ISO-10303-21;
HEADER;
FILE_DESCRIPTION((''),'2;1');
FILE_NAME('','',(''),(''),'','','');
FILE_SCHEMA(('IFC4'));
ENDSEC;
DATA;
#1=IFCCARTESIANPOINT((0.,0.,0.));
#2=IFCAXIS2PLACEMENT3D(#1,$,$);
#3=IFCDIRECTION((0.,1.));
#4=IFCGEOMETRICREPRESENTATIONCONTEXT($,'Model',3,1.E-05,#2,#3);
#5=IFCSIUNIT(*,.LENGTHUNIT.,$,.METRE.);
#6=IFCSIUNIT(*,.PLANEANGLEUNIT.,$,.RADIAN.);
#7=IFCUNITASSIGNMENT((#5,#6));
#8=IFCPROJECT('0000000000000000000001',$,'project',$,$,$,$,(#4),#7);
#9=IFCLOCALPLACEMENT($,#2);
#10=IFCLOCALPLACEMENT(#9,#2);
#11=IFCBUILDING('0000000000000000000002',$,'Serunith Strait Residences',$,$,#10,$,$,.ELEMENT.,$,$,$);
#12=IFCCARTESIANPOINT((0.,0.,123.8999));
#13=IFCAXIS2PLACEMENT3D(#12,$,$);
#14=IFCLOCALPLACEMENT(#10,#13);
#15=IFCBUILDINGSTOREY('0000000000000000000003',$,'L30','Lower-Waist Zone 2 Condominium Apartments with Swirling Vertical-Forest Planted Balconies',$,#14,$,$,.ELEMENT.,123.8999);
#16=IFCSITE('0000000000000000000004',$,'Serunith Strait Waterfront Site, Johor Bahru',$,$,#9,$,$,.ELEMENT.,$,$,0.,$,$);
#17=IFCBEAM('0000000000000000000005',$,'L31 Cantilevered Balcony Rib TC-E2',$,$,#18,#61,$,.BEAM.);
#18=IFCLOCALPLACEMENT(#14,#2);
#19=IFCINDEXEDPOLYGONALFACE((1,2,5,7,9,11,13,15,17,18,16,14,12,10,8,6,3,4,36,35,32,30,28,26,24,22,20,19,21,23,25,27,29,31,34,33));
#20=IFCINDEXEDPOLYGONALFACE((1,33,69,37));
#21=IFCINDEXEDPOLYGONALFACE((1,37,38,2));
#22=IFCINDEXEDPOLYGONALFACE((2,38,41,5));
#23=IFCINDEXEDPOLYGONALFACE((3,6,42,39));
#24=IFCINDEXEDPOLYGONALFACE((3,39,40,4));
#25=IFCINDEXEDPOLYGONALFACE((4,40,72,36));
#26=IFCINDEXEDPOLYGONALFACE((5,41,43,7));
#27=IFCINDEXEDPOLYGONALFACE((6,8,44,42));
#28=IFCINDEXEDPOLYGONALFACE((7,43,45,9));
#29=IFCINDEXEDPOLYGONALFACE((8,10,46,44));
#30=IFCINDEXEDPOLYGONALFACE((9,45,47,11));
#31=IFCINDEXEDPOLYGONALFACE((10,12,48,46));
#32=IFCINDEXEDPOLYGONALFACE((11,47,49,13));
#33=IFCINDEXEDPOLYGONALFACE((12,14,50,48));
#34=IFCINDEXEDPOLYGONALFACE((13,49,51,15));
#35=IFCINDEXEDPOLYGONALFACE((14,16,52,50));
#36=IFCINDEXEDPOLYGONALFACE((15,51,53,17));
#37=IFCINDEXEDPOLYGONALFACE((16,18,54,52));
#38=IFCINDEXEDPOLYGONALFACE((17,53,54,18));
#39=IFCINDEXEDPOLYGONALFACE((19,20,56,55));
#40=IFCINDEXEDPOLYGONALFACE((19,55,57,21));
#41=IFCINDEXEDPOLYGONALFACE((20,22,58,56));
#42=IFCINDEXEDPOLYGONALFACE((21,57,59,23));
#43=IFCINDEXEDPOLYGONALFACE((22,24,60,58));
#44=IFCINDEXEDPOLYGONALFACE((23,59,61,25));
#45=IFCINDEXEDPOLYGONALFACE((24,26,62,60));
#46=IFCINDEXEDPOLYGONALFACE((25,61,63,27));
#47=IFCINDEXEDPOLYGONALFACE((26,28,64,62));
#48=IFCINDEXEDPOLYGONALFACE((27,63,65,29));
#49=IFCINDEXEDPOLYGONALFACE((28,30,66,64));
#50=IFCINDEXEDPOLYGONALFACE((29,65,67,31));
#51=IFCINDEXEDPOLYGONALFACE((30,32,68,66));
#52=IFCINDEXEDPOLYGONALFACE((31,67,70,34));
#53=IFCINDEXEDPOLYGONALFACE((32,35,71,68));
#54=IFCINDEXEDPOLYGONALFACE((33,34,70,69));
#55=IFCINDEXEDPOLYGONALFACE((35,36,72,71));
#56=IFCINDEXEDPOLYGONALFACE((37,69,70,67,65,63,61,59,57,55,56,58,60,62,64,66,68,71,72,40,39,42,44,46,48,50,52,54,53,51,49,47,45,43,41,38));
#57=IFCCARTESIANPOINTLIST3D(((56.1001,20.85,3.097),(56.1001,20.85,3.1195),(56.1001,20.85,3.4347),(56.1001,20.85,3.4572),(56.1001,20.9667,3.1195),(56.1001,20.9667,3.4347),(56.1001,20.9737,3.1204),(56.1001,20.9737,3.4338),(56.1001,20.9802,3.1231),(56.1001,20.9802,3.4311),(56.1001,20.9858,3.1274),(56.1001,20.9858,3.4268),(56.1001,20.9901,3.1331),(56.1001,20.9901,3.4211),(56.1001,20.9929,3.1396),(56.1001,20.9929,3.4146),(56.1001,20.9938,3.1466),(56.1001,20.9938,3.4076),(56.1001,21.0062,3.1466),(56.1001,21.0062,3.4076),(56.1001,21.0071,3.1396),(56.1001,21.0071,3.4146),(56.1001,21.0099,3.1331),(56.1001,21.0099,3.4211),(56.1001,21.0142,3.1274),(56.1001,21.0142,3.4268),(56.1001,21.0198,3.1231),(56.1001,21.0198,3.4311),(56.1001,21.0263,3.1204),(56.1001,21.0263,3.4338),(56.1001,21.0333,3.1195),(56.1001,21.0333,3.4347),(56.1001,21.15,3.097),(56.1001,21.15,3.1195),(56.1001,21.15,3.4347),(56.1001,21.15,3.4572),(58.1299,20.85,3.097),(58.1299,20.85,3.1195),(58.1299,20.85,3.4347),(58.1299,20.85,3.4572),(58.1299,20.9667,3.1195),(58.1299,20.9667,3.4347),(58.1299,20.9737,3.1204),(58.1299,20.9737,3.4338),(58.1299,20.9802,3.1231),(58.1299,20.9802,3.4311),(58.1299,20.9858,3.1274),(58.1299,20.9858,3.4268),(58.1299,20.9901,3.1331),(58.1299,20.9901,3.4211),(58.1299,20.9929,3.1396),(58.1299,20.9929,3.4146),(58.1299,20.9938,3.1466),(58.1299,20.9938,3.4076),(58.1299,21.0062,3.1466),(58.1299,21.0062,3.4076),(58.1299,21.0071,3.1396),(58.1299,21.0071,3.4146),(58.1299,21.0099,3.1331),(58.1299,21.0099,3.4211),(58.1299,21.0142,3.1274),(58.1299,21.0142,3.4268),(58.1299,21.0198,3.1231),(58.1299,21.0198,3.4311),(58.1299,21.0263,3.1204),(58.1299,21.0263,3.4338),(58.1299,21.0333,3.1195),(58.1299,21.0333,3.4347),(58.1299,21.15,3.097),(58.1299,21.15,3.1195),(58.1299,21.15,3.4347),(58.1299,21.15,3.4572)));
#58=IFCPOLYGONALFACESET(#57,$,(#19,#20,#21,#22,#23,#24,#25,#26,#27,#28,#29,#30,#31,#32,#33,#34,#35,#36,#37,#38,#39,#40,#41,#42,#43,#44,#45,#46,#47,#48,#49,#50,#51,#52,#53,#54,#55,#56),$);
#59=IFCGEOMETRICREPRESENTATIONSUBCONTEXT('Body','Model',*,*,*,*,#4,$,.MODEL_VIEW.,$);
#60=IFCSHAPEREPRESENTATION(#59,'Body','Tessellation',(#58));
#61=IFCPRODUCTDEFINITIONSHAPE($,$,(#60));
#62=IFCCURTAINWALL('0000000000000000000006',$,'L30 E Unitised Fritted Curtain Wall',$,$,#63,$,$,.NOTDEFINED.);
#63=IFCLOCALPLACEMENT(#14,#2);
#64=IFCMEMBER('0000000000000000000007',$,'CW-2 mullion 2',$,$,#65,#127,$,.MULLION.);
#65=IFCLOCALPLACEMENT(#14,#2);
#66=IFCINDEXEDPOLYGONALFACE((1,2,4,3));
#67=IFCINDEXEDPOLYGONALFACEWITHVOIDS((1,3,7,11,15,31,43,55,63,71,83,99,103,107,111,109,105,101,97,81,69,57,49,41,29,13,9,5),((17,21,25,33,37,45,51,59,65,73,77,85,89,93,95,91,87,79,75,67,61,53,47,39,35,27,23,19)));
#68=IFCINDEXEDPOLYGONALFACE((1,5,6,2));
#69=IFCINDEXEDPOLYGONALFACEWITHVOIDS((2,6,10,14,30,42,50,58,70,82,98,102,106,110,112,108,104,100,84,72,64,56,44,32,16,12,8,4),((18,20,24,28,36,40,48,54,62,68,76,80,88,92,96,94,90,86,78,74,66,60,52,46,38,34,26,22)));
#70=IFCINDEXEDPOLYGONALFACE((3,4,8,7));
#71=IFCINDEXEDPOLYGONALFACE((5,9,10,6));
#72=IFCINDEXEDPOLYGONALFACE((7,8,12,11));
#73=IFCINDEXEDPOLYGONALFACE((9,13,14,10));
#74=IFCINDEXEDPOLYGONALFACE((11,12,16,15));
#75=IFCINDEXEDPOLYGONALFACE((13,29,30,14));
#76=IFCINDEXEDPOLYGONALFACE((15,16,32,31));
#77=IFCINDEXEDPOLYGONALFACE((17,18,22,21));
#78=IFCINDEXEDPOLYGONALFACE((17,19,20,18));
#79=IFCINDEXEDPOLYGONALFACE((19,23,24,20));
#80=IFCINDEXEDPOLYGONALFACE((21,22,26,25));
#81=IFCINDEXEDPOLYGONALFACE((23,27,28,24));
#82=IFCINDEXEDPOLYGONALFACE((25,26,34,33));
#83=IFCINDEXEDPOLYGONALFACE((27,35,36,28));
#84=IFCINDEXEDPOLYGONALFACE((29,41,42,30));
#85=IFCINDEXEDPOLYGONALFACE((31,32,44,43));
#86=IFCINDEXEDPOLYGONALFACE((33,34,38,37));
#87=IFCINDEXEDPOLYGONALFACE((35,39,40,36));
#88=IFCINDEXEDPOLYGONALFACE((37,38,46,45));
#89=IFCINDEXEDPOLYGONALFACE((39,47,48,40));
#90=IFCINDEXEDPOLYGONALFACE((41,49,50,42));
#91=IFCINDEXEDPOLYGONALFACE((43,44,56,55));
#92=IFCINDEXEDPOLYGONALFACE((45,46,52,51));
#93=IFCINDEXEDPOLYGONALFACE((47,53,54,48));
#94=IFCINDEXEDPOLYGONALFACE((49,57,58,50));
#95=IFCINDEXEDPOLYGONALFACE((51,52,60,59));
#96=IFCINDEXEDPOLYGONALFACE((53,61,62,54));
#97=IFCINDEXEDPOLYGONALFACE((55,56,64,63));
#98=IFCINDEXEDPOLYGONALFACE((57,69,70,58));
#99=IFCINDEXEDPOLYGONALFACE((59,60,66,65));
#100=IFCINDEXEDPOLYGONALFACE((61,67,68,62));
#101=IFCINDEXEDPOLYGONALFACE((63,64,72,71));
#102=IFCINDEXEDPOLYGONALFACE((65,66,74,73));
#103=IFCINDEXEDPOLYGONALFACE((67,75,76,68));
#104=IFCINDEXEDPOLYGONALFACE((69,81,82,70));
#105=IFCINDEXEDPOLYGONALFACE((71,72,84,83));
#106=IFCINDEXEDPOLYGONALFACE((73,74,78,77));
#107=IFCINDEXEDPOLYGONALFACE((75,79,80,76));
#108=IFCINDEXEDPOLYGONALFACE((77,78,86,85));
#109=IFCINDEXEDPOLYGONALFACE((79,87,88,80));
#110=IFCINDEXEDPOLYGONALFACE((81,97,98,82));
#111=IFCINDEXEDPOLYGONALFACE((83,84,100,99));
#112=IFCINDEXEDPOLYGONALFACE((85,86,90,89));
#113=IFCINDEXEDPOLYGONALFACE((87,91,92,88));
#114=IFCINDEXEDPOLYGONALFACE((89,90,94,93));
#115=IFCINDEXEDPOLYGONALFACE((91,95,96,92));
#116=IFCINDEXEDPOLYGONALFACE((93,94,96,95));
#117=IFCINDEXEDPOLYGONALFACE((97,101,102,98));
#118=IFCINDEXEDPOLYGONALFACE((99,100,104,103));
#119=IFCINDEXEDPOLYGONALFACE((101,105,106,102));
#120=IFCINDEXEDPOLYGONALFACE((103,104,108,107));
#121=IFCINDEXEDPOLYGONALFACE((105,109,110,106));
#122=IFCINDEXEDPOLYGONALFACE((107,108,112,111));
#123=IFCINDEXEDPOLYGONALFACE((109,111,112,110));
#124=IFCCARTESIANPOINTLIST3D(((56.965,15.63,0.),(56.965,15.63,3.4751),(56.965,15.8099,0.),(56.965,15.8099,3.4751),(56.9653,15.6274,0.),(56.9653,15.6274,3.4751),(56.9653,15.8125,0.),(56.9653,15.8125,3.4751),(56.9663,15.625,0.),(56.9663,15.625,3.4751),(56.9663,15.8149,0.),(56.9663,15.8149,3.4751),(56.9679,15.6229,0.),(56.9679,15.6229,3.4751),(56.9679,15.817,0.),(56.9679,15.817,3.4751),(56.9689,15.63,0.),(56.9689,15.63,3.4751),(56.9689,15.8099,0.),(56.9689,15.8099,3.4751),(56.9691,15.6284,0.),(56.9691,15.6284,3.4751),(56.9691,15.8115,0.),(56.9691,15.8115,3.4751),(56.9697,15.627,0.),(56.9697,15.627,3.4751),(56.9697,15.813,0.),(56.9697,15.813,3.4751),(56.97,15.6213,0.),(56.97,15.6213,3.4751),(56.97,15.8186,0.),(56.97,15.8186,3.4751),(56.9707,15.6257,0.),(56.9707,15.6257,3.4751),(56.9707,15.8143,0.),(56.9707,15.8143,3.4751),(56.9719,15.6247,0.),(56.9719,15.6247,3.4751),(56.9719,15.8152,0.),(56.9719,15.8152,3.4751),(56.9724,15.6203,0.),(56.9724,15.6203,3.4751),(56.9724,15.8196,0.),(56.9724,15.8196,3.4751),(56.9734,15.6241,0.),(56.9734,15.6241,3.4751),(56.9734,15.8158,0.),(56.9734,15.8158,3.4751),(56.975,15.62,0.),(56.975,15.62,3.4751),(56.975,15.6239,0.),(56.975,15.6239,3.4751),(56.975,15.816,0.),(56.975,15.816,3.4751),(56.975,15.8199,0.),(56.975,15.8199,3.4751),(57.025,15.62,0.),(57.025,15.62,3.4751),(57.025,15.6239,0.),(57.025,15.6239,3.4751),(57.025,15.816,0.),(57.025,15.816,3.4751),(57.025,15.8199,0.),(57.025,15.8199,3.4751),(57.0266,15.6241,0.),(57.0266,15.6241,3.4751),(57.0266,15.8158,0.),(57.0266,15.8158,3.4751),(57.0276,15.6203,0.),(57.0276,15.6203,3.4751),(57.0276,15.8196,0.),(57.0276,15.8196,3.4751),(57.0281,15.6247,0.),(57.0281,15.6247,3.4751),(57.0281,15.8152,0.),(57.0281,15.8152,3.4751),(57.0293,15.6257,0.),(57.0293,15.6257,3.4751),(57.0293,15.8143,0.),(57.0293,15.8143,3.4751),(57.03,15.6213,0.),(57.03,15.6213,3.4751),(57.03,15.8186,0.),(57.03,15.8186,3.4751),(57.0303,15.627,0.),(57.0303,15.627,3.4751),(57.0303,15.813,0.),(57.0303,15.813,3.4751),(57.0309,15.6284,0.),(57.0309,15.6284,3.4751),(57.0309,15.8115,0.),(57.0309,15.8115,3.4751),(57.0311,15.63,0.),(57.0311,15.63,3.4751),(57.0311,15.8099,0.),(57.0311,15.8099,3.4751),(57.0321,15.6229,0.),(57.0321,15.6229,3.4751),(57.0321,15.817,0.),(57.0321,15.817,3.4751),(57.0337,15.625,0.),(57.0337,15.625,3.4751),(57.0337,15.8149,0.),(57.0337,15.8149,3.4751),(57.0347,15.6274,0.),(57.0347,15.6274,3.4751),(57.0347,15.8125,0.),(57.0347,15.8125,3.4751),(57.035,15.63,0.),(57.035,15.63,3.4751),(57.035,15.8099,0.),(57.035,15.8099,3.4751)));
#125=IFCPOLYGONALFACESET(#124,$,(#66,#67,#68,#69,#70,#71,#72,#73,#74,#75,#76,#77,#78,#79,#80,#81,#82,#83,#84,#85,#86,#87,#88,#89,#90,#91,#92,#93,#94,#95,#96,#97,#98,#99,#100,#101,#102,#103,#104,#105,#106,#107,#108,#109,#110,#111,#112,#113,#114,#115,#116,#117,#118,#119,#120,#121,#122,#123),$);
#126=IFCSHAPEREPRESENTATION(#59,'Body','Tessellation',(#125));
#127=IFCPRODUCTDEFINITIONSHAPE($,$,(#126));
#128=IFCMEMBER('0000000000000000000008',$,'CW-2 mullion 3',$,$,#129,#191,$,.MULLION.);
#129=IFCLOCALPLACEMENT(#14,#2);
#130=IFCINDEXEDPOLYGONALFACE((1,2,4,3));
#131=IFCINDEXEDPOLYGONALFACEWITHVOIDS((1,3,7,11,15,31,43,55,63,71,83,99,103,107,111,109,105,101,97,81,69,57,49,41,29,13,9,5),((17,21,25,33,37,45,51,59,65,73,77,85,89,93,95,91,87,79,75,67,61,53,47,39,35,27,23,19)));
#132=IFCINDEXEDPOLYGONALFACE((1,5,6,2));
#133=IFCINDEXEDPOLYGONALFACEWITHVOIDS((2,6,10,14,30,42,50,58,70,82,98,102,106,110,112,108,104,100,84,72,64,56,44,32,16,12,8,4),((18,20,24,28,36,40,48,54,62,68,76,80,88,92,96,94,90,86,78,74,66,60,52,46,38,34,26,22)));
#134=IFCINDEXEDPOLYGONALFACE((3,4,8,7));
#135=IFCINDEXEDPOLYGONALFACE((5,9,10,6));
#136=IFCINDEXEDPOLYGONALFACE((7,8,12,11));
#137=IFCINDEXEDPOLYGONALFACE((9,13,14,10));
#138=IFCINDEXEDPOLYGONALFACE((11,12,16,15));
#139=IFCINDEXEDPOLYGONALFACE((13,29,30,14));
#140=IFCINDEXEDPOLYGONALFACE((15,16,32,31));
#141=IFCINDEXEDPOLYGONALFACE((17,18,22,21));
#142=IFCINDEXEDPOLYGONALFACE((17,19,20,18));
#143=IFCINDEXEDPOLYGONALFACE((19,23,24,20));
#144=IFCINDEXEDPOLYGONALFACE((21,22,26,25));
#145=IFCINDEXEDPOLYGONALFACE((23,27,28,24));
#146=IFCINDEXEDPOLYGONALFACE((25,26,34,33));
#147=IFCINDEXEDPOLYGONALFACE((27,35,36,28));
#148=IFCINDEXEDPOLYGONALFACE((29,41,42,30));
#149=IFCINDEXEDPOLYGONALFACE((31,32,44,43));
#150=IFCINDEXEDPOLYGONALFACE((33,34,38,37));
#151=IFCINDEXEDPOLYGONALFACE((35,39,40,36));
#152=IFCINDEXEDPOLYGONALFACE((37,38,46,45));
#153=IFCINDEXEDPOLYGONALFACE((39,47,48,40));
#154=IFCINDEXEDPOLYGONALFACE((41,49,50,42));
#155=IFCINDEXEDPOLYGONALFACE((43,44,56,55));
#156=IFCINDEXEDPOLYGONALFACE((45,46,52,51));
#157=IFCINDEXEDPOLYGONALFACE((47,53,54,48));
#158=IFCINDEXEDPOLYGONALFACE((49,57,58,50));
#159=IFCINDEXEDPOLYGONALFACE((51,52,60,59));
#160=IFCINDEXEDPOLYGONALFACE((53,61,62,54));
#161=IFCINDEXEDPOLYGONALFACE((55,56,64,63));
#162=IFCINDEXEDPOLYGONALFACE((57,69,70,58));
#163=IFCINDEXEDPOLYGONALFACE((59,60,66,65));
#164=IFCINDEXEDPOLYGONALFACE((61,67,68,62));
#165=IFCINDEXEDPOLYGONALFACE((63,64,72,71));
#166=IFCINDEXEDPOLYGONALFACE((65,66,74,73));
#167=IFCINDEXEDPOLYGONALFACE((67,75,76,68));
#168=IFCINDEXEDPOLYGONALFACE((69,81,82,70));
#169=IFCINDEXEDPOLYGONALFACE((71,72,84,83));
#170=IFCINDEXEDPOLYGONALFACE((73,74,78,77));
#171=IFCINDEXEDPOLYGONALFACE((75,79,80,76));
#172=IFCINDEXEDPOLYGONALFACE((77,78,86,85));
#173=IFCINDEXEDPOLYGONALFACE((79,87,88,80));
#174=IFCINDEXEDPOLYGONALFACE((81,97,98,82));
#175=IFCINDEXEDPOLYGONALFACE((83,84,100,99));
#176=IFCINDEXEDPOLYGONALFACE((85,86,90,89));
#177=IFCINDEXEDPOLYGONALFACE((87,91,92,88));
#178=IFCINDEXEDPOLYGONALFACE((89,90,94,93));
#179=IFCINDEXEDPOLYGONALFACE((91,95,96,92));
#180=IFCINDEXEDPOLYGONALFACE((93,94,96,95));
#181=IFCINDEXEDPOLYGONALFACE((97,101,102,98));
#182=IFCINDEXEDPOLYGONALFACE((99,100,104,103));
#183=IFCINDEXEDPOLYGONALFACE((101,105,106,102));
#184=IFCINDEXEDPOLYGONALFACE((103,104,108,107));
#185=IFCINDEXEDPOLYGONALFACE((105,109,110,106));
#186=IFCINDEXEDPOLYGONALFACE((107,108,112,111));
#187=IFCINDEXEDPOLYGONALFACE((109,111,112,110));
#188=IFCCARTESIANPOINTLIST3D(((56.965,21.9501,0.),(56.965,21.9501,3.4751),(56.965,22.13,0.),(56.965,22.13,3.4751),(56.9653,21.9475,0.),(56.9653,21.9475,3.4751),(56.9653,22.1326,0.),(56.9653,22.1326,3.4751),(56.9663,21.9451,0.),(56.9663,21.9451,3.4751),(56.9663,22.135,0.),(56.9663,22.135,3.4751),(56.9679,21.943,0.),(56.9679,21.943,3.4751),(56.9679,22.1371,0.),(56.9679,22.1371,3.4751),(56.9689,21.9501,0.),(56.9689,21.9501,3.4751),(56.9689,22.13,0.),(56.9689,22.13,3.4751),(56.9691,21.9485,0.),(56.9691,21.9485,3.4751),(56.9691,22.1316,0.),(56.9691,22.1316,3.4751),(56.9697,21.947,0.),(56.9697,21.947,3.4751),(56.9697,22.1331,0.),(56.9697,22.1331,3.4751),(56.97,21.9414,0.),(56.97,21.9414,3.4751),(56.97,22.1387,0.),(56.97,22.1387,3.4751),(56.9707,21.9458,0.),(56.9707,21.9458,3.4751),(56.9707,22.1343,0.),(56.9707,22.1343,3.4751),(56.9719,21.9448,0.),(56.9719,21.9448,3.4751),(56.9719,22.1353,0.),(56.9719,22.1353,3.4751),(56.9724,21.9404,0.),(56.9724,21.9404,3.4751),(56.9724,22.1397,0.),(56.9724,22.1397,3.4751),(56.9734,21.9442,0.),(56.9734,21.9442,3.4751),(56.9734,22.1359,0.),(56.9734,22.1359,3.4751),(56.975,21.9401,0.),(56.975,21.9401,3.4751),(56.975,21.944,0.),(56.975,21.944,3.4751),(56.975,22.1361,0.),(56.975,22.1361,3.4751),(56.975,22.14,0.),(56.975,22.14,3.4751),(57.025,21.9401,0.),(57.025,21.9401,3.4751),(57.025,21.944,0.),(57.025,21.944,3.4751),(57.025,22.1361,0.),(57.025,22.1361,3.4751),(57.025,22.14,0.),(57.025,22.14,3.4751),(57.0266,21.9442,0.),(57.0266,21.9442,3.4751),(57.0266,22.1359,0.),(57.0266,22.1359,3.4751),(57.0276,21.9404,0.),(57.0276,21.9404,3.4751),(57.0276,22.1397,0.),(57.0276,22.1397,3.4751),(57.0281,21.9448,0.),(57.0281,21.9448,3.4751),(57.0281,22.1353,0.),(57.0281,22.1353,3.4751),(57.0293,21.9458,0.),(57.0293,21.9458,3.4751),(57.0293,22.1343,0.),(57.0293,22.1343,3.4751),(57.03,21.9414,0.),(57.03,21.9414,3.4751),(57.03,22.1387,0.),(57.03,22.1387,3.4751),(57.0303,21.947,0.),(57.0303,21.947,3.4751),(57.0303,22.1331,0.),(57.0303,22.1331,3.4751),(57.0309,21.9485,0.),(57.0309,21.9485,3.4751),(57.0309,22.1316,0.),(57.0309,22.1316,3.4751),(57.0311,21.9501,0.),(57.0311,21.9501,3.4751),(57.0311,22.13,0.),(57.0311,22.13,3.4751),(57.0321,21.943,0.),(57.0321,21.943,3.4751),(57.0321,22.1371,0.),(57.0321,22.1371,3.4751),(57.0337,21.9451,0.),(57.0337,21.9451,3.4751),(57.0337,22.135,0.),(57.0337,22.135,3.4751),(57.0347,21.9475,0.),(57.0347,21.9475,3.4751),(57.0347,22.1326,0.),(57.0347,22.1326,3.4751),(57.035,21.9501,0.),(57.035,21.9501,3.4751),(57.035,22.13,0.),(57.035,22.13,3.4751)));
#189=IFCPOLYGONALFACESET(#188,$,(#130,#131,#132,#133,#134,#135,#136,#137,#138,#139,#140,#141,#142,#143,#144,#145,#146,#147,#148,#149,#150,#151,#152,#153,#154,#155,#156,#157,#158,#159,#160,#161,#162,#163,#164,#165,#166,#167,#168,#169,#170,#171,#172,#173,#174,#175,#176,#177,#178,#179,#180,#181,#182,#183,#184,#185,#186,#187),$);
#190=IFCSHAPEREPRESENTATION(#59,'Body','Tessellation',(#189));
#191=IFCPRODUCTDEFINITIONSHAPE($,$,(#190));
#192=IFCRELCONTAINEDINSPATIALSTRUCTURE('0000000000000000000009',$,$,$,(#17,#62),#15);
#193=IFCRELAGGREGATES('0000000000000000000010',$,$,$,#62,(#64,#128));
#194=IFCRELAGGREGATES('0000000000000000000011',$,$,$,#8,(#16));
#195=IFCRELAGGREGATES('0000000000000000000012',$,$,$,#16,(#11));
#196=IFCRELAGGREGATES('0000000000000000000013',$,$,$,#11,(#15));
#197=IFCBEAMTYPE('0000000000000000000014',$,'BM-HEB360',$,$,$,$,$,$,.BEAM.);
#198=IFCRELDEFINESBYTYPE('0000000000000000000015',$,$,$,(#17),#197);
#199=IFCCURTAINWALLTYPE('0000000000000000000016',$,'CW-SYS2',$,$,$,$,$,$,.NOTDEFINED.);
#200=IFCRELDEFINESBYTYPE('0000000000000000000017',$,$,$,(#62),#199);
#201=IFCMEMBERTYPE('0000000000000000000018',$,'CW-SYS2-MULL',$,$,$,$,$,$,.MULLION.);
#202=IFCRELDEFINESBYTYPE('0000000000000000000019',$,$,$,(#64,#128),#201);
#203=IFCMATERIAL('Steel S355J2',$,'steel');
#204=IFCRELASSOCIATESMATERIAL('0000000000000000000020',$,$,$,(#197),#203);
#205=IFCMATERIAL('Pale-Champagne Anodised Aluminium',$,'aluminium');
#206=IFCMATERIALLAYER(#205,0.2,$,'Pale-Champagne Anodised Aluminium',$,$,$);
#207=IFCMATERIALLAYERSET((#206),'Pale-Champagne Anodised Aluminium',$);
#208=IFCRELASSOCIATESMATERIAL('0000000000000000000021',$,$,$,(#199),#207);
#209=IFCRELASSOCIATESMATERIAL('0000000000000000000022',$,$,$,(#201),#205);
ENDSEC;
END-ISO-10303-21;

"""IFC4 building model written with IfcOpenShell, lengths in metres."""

from ifc_helpers import new_model, si_unit, direction, frame, origin, origin_2d, place, context, subcontext, project, spatial, hollow_rectangle, i_section, extrude, source, transform, mapped, material, layer, layer_set, material_profile, profile_set, type_object, element, aggregate, save


model = new_model("IFC4")

# Units and contexts
model_context = context("Model", 3, precision=1e-05, world=origin(), true_north=direction((0.0, 1.0)))
body_context = subcontext(model_context, "Body", "Model", "MODEL_VIEW")
ifc_project = project(units=[si_unit("LENGTHUNIT", "METRE"), si_unit("PLANEANGLEUNIT", "RADIAN")], contexts=[model_context])

# Site, building, storey
site_placement = place(None, origin())
site = spatial("IfcSite", under=ifc_project, at=site_placement, Name="Serunith Strait Waterfront Site, Johor Bahru", CompositionType="ELEMENT", RefElevation=0.0)
building_placement = place(site_placement, origin())
building = spatial("IfcBuilding", under=site, at=building_placement, Name="Serunith Strait Residences", CompositionType="ELEMENT")
storey_placement = place(building_placement, frame((0.0, 0.0, 123.8999)))
storey = spatial("IfcBuildingStorey", under=building, at=storey_placement, Name="L30", Description="Lower-Waist Zone 2 Condominium Apartments with Swirling Vertical-Forest Planted Balconies", CompositionType="ELEMENT", Elevation=123.8999)

# Beam
ifc_material_1 = material(Name="Steel S355J2", Category="steel")
ifc_material_profile_1 = material_profile(ifc_material_1, i_section(OverallWidth=0.3, OverallDepth=0.3601, WebThickness=0.0125, FlangeThickness=0.0225, FilletRadius=0.0271, at=origin_2d()), Name="HEB 360")
ifc_profile_set_1 = profile_set([ifc_material_profile_1], Name="Steel S355J2")
beam_type_1 = type_object("IfcBeamType", Name="BM-HEB360", PredefinedType="BEAM", material=ifc_profile_set_1)
shared_shape_1 = source(origin(), body_context, "Body", "SweptSolid", [
    extrude(i_section(OverallWidth=0.3, OverallDepth=0.3601, WebThickness=0.0125, FlangeThickness=0.0225, FilletRadius=0.0271, at=origin_2d()), origin(), (0.0, 0.0, 1.0), 2.0298),
])
for number, where, z_axis, x_axis, name in (
    (1, (56.1001, 21.0, 3.2771), (1.0, 0.0, 0.0), (0.0, 1.0, 0.0), "L31 Cantilevered Balcony Rib TC-E2"),
):
    element("IfcBeam", number, at=place(storey_placement, frame(where, z_axis=z_axis, x_axis=x_axis)), inside=storey, type_object=beam_type_1, Name=name, PredefinedType="BEAM", context=body_context, shape_type="MappedRepresentation", body=[
        mapped(shared_shape_1, transform((0.0, 0.0, 0.0), scale=1.0)),
    ])

# Curtain wall, members
ifc_material_2 = material(Name="Pale-Champagne Anodised Aluminium", Category="aluminium")
ifc_layer_1 = layer(ifc_material_2, 0.2, Name="Pale-Champagne Anodised Aluminium")
ifc_layer_set_1 = layer_set([ifc_layer_1], Name="Pale-Champagne Anodised Aluminium")
curtain_wall_type = type_object("IfcCurtainWallType", Name="CW-SYS2", PredefinedType="NOTDEFINED", material=ifc_layer_set_1)
curtain_wall_placement = place(storey_placement, origin())
curtain_wall = element("IfcCurtainWall", 2, at=curtain_wall_placement, inside=storey, type_object=curtain_wall_type, Name="L30 E Unitised Fritted Curtain Wall", PredefinedType="NOTDEFINED")
ifc_material_profile_2 = material_profile(ifc_material_2, hollow_rectangle(XDim=0.0701, YDim=0.2, WallThickness=0.0039, InnerFilletRadius=0.0061, OuterFilletRadius=0.01, at=origin_2d()), Name="ALU 200x70x4")
ifc_profile_set_2 = profile_set([ifc_material_profile_2], Name="Pale-Champagne Anodised Aluminium")
member_type_1 = type_object("IfcMemberType", Name="CW-SYS2-MULL", PredefinedType="MULLION", material=ifc_profile_set_2)
shared_shape_2 = source(origin(), body_context, "Body", "SweptSolid", [
    extrude(hollow_rectangle(XDim=0.0701, YDim=0.2, WallThickness=0.0039, InnerFilletRadius=0.0061, OuterFilletRadius=0.01, at=origin_2d()), origin(), (0.0, 0.0, 1.0), 3.4751),
])
member_1_placement = place(storey_placement, frame((57.0, 15.72, 0.0), z_axis=(0.0, 0.0, 1.0), x_axis=(-1.0, 0.0, 0.0)))
member_1 = element("IfcMember", 3, at=member_1_placement, type_object=member_type_1, Name="CW-2 mullion 2", PredefinedType="MULLION", context=body_context, shape_type="MappedRepresentation", body=[
    mapped(shared_shape_2, transform((0.0, 0.0, 0.0), scale=1.0)),
])
member_2_placement = place(storey_placement, frame((57.0, 22.04, 0.0), z_axis=(0.0, 0.0, 1.0), x_axis=(-1.0, 0.0, 0.0)))
member_2 = element("IfcMember", 4, at=member_2_placement, type_object=member_type_1, Name="CW-2 mullion 3", PredefinedType="MULLION", context=body_context, shape_type="MappedRepresentation", body=[
    mapped(shared_shape_2, transform((0.0, 0.0, 0.0), scale=1.0)),
])
aggregate(curtain_wall, [member_1, member_2])

save(model, "model.ifc")
